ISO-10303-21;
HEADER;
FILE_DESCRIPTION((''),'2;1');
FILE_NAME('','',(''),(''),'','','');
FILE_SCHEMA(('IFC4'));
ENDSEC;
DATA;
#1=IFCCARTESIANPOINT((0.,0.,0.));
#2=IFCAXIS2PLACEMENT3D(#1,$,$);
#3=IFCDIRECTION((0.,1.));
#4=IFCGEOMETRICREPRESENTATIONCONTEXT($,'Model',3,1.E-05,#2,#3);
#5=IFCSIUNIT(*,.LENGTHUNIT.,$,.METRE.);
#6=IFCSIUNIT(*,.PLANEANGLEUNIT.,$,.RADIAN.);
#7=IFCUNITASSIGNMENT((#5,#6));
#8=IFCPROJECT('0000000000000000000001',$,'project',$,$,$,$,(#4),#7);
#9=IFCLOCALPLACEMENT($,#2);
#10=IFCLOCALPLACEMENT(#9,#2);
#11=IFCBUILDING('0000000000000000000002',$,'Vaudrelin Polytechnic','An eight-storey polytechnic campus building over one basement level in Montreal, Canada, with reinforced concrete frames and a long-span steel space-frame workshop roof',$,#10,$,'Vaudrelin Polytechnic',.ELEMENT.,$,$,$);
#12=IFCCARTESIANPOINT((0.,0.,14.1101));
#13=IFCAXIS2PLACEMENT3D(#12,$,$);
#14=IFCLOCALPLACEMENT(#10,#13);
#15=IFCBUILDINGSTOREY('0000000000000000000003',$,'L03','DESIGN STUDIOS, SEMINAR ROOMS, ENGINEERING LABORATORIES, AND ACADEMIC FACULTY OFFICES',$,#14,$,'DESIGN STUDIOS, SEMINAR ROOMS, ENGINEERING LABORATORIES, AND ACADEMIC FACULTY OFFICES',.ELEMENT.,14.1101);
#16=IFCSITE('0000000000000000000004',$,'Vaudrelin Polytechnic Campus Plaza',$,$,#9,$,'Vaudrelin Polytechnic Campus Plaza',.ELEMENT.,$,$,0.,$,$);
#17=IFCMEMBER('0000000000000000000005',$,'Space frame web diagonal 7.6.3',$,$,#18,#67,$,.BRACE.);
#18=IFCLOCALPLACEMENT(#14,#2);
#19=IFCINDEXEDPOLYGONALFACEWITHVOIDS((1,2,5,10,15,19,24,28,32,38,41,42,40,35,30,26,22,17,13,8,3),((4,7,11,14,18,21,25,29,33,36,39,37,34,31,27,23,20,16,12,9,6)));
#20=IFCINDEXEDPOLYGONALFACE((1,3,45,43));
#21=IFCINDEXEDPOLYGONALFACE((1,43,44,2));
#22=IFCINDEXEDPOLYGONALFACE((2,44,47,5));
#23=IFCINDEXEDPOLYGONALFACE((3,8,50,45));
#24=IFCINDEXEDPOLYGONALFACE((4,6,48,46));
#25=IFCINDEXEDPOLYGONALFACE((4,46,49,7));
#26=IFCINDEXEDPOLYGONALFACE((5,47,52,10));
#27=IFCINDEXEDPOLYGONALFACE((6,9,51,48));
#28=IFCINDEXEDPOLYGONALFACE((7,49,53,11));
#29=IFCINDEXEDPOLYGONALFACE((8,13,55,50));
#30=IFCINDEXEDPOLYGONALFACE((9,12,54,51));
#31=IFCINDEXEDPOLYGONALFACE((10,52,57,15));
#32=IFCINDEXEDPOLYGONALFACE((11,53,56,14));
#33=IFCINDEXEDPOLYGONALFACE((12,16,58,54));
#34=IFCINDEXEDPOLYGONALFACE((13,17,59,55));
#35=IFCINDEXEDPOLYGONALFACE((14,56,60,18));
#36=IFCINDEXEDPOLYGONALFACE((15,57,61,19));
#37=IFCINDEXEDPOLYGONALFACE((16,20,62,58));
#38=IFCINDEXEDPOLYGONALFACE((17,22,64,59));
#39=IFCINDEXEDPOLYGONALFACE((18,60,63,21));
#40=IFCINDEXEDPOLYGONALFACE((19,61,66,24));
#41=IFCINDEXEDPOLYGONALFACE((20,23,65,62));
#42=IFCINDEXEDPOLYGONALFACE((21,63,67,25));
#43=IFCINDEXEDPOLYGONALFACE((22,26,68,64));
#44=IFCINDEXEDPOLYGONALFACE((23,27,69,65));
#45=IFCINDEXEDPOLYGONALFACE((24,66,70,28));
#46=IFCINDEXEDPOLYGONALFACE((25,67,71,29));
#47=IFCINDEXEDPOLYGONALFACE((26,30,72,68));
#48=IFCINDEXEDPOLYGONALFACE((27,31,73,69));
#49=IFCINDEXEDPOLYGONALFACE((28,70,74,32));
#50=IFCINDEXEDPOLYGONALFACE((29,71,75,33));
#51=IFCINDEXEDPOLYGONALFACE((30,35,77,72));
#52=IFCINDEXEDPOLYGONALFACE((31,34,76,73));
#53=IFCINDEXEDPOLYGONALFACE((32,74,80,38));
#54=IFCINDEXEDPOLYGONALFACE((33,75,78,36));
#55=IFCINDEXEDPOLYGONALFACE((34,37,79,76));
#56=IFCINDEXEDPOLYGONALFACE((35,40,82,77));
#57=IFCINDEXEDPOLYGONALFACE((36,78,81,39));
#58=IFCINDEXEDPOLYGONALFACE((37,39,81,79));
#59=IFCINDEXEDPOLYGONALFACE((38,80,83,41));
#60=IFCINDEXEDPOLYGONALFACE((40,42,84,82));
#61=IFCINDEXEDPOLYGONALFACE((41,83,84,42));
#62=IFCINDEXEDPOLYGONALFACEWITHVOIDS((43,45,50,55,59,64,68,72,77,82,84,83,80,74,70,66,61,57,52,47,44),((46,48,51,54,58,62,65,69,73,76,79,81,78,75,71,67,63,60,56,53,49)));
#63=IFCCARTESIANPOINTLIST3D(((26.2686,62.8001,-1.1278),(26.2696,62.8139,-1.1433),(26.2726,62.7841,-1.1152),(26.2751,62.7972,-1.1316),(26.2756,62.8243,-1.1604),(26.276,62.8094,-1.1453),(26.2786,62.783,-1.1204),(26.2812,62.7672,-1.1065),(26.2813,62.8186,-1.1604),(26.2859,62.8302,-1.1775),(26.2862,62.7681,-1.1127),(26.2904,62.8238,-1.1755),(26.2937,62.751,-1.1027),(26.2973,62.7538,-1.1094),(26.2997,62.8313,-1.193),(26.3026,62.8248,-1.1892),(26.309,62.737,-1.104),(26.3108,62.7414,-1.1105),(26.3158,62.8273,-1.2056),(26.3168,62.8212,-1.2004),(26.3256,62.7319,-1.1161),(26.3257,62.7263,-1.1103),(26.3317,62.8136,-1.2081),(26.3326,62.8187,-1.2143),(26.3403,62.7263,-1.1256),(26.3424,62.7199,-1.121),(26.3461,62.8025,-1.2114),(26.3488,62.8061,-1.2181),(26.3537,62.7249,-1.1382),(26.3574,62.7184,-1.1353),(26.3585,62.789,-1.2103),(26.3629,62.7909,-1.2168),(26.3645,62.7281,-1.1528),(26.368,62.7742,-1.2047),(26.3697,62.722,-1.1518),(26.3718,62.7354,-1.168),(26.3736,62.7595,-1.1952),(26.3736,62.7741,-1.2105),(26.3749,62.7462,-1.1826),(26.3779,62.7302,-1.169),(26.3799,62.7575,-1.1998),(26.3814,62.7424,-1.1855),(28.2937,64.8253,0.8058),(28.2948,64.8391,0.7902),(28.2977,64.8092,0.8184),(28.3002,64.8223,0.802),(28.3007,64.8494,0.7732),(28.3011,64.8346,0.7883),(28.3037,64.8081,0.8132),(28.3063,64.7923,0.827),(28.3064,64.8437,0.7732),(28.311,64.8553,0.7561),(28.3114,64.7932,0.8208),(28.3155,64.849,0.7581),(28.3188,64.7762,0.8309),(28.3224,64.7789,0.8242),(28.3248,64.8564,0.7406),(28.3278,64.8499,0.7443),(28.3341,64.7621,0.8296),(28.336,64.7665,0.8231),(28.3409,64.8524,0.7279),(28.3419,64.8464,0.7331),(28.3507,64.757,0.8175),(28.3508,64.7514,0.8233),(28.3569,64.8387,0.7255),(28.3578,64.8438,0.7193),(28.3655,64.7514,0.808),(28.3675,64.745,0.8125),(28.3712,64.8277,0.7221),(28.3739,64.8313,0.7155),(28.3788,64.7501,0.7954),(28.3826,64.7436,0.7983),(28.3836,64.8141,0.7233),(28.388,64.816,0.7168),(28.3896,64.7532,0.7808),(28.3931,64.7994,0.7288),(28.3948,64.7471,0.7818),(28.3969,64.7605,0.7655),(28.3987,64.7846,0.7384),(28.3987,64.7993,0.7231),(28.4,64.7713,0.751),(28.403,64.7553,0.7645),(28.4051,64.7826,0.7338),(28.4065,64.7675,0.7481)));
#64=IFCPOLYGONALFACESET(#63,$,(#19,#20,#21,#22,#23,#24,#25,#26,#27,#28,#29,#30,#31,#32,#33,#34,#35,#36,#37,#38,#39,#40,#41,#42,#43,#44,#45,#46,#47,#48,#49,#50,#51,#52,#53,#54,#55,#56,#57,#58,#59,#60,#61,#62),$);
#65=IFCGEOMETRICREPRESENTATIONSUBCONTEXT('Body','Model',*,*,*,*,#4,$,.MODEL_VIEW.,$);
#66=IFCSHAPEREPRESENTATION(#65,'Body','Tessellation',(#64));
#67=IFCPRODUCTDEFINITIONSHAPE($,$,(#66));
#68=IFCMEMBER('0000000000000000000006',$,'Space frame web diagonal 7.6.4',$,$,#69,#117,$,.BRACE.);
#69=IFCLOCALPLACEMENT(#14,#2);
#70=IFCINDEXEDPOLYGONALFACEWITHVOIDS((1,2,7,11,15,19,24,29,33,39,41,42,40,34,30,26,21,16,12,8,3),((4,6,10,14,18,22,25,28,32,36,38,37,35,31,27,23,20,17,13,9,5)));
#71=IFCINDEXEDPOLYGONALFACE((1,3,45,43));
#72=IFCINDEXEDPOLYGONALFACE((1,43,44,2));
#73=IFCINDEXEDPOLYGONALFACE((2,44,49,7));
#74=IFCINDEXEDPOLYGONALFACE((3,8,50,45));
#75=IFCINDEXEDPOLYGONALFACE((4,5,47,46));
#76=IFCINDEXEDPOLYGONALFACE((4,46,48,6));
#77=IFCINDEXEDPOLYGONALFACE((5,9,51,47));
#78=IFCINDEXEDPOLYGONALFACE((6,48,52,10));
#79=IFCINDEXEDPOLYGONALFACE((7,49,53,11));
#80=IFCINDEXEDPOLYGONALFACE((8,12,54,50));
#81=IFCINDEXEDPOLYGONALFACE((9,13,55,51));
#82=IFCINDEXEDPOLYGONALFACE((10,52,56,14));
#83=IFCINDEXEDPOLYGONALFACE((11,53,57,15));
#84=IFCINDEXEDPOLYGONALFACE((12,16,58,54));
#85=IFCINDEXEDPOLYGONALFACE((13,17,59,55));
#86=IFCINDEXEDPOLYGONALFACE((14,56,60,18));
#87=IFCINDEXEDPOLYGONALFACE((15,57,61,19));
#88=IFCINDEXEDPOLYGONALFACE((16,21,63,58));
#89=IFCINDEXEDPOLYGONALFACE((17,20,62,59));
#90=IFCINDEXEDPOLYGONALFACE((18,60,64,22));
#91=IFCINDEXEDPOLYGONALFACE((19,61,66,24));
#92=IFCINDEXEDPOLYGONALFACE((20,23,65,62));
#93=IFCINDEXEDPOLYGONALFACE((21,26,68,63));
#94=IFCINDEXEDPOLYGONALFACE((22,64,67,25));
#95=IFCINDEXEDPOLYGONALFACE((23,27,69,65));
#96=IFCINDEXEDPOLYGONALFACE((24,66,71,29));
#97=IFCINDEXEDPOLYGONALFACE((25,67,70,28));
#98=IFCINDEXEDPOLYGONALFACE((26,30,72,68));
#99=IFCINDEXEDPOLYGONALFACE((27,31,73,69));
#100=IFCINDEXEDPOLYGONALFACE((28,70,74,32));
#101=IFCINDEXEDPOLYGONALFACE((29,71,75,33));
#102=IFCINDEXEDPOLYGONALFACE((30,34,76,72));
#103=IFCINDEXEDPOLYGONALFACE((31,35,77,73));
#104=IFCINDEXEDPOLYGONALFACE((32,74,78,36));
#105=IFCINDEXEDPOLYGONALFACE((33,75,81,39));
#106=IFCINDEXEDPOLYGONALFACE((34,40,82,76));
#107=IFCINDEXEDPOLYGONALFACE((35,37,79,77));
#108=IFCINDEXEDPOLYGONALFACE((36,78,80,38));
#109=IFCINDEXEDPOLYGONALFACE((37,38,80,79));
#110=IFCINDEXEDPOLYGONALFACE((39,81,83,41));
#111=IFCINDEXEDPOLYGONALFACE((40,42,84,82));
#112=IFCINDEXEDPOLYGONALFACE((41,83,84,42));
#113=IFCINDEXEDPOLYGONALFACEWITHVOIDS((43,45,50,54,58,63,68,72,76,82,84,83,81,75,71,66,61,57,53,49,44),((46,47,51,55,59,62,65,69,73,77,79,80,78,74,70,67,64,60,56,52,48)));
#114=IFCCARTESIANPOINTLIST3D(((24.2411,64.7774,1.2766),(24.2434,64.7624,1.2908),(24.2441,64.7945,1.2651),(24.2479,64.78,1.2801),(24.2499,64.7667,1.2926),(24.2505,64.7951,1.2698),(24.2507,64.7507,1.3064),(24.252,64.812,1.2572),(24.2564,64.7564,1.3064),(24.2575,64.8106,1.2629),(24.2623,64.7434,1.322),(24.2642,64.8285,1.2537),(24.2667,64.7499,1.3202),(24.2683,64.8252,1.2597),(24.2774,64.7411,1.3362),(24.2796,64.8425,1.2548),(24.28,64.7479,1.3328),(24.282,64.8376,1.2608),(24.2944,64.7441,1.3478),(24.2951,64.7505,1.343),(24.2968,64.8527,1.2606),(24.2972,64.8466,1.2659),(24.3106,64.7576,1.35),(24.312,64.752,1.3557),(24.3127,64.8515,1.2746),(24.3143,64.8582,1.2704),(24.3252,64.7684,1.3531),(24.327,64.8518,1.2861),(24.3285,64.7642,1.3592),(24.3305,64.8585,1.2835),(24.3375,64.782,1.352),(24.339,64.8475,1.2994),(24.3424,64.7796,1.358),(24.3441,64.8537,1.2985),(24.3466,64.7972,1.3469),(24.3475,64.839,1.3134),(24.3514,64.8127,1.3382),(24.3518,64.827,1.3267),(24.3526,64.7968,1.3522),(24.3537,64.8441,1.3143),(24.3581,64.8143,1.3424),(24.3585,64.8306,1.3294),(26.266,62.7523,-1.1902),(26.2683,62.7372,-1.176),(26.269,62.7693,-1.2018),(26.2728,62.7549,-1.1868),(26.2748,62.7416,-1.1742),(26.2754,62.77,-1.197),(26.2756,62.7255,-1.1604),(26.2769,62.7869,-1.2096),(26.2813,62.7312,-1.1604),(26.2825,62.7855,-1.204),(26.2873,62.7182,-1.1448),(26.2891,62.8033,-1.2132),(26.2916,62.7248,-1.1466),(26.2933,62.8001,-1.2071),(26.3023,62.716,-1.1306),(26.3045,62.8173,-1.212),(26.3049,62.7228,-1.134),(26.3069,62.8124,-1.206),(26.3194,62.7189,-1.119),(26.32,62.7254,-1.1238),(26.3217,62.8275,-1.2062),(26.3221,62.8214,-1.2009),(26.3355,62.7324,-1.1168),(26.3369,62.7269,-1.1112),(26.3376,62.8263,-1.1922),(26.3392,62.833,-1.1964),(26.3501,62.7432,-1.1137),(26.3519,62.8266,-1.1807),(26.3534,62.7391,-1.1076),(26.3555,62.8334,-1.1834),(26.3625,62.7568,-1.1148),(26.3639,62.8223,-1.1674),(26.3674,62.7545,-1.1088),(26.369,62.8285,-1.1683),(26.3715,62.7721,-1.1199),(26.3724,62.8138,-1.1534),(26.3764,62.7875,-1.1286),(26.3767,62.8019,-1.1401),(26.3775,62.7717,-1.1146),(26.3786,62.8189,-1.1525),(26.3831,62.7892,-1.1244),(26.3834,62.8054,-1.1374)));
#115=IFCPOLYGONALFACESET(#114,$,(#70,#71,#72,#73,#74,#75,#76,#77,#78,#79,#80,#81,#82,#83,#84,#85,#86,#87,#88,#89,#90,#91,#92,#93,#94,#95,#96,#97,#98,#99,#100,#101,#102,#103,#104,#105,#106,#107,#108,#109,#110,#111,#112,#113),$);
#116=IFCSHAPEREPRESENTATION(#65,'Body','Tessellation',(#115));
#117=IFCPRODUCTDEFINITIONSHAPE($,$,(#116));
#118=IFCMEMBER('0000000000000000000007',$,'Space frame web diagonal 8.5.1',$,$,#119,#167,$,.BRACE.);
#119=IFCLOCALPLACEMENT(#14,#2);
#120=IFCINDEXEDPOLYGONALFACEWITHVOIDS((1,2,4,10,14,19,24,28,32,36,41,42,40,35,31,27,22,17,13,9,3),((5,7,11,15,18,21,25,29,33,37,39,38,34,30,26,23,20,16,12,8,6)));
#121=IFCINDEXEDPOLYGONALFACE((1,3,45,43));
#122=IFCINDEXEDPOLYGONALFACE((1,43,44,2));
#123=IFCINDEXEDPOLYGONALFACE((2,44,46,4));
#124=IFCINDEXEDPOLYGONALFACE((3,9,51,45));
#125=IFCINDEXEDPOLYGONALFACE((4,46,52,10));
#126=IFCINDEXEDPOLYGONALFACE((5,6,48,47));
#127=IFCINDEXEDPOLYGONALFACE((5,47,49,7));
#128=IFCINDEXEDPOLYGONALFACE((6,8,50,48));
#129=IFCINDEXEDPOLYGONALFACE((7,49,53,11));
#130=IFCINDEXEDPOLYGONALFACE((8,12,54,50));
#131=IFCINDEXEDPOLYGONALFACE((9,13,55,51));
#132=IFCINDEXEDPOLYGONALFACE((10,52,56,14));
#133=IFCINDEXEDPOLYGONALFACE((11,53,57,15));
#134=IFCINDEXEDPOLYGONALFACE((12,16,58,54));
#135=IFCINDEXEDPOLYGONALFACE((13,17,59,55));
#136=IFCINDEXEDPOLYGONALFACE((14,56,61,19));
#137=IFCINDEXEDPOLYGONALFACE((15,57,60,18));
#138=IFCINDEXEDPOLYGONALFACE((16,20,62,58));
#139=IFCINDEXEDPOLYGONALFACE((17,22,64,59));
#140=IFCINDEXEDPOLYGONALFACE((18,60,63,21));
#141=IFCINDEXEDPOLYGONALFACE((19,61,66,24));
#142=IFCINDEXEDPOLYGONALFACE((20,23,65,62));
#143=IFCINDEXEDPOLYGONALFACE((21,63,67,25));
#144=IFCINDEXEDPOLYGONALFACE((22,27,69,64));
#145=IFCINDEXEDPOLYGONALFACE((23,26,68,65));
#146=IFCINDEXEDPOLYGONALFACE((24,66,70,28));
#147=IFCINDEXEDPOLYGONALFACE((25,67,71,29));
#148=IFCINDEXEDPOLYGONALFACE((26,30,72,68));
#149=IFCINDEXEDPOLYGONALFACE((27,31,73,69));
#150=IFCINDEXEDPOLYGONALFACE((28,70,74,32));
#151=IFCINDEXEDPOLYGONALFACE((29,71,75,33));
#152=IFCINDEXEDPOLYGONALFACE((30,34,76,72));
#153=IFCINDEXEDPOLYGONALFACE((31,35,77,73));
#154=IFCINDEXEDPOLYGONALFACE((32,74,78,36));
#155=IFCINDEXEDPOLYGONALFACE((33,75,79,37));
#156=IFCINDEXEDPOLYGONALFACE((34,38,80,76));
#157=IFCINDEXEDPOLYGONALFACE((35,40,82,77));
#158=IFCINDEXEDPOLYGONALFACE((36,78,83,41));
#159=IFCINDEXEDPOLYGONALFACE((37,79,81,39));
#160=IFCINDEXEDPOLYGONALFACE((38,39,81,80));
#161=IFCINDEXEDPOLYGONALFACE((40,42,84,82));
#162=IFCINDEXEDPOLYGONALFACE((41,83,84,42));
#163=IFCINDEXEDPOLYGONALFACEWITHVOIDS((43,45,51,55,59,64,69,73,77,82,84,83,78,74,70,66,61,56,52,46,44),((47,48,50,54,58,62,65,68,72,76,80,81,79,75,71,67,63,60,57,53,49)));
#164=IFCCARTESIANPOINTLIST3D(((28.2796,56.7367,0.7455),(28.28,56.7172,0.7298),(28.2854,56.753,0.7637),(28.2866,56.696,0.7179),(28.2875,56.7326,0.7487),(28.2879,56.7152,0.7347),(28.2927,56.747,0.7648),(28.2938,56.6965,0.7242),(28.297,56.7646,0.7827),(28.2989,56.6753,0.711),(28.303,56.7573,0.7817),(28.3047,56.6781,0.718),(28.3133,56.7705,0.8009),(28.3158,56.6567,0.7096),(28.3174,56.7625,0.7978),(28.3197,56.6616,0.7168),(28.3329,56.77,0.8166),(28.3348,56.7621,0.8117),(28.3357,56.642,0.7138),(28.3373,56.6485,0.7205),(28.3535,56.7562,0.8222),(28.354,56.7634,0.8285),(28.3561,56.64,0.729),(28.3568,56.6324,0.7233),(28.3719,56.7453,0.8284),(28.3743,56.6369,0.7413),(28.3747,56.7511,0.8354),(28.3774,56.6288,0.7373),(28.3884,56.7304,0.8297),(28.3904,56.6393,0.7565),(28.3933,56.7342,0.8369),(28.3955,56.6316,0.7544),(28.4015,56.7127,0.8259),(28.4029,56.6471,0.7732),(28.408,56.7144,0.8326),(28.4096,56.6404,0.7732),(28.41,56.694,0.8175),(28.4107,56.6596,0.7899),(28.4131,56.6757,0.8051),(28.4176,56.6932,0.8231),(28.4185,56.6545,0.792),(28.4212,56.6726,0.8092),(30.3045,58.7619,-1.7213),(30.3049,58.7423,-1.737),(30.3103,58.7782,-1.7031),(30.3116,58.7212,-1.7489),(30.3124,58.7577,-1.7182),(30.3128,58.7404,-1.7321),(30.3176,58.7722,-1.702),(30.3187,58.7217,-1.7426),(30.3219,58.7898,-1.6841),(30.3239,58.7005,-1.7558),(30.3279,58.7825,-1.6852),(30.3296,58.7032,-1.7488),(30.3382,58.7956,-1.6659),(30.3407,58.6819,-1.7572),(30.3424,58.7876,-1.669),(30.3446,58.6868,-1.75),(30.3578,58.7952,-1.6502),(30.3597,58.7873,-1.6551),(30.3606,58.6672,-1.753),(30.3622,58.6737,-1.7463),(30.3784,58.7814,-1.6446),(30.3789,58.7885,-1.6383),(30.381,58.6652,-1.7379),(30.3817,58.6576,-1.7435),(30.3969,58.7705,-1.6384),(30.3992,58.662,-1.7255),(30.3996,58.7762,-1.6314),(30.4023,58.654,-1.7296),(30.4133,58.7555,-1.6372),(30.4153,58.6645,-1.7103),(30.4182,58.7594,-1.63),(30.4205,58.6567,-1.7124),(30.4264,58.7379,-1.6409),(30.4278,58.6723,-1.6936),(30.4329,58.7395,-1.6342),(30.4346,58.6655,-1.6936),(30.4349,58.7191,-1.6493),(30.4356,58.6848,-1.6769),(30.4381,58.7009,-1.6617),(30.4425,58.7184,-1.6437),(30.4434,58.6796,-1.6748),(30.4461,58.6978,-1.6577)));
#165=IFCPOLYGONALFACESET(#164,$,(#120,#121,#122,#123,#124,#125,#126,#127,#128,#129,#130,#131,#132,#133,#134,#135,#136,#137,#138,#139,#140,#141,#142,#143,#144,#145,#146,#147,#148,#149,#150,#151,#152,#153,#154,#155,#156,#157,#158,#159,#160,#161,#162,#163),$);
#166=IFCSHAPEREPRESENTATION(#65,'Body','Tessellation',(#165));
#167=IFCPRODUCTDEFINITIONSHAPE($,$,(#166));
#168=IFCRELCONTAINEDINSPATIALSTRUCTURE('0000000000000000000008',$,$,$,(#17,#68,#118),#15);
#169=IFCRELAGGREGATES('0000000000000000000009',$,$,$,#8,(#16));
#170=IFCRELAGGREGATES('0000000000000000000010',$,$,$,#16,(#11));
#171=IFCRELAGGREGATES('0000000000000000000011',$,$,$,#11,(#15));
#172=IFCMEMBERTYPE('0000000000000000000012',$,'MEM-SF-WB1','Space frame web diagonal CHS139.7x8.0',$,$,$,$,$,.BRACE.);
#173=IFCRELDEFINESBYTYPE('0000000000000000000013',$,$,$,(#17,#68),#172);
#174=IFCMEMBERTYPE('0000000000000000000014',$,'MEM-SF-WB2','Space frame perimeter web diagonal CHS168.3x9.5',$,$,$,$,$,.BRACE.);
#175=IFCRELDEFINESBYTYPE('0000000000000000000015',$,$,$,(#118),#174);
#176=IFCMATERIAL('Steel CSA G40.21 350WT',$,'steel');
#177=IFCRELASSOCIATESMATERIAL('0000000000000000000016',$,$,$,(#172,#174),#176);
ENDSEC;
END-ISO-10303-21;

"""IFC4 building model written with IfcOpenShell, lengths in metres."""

from ifc_helpers import new_model, si_unit, direction, frame, origin, origin_2d, place, context, subcontext, project, spatial, hollow_circle, extrude, material, material_profile, profile_set, type_object, element, save


model = new_model("IFC4")

# Units and contexts
model_context = context("Model", 3, precision=1e-05, world=origin(), true_north=direction((0.0, 1.0)))
body_context = subcontext(model_context, "Body", "Model", "MODEL_VIEW")
ifc_project = project(units=[si_unit("LENGTHUNIT", "METRE"), si_unit("PLANEANGLEUNIT", "RADIAN")], contexts=[model_context])

# Site, building, storey
site_placement = place(None, origin())
site = spatial("IfcSite", under=ifc_project, at=site_placement, Name="Vaudrelin Polytechnic Campus Plaza", LongName="Vaudrelin Polytechnic Campus Plaza", CompositionType="ELEMENT", RefElevation=0.0)
building_placement = place(site_placement, origin())
building = spatial("IfcBuilding", under=site, at=building_placement, Name="Vaudrelin Polytechnic", Description="An eight-storey polytechnic campus building over one basement level in Montreal, Canada, with reinforced concrete frames and a long-span steel space-frame workshop roof", LongName="Vaudrelin Polytechnic", CompositionType="ELEMENT")
storey_placement = place(building_placement, frame((0.0, 0.0, 14.1101)))
storey = spatial("IfcBuildingStorey", under=building, at=storey_placement, Name="L03", Description="DESIGN STUDIOS, SEMINAR ROOMS, ENGINEERING LABORATORIES, AND ACADEMIC FACULTY OFFICES", LongName="DESIGN STUDIOS, SEMINAR ROOMS, ENGINEERING LABORATORIES, AND ACADEMIC FACULTY OFFICES", CompositionType="ELEMENT", Elevation=14.1101)

# Members
ifc_material_1 = material(Name="Steel CSA G40.21 350WT", Category="steel")
ifc_material_profile_1 = material_profile(ifc_material_1, hollow_circle(Radius=0.0698, WallThickness=0.0081, at=origin_2d()), Name="CHS139.7x8.0")
ifc_profile_set_1 = profile_set([ifc_material_profile_1], Name="Steel CSA G40.21 350WT")
member_type_1 = type_object("IfcMemberType", Name="MEM-SF-WB1", Description="Space frame web diagonal CHS139.7x8.0", PredefinedType="BRACE", material=ifc_profile_set_1)
for number, where, z_axis, x_axis, name in (
    (1, (26.325, 62.7749, -1.1604), (0.586046, 0.586046, 0.559553), (-0.707107, 0.707107, 0.0), "Space frame web diagonal 7.6.3"),
):
    element("IfcMember", number, at=place(storey_placement, frame(where, z_axis=z_axis, x_axis=x_axis)), inside=storey, type_object=member_type_1, Name=name, PredefinedType="BRACE", context=body_context, shape_type="SweptSolid", body=[
        extrude(hollow_circle(Radius=0.0698, WallThickness=0.0081, at=origin_2d()), origin(), (0.0, 0.0, 1.0), 3.4556),
    ])
member_1_placement = place(storey_placement, frame((26.325, 62.7749, -1.1604), z_axis=(-0.535723, 0.535788, 0.652634), x_axis=(-0.707149, -0.707064, 0.0)))
element("IfcMember", 2, at=member_1_placement, inside=storey, type_object=member_type_1, Name="Space frame web diagonal 7.6.4", PredefinedType="BRACE", context=body_context, shape_type="SweptSolid", body=[
    extrude(hollow_circle(Radius=0.0698, WallThickness=0.0081, at=origin_2d()), origin(), (0.0, 0.0, 1.0), 3.7798),
])
ifc_material_profile_2 = material_profile(ifc_material_1, hollow_circle(Radius=0.0842, WallThickness=0.0095, at=origin_2d()), Name="CHS168.3x9.5")
ifc_profile_set_2 = profile_set([ifc_material_profile_2], Name="Steel CSA G40.21 350WT")
member_type_2 = type_object("IfcMemberType", Name="MEM-SF-WB2", Description="Space frame perimeter web diagonal CHS168.3x9.5", PredefinedType="BRACE", material=ifc_profile_set_2)
member_2_placement = place(storey_placement, frame((30.375, 58.7251, -1.6936), z_axis=(-0.535723, -0.535788, 0.652634), x_axis=(0.707149, -0.707064, 0.0)))
element("IfcMember", 3, at=member_2_placement, inside=storey, type_object=member_type_2, Name="Space frame web diagonal 8.5.1", PredefinedType="BRACE", context=body_context, shape_type="SweptSolid", body=[
    extrude(hollow_circle(Radius=0.0842, WallThickness=0.0095, at=origin_2d()), origin(), (0.0, 0.0, 1.0), 3.7798),
])

save(model, "model.ifc")
